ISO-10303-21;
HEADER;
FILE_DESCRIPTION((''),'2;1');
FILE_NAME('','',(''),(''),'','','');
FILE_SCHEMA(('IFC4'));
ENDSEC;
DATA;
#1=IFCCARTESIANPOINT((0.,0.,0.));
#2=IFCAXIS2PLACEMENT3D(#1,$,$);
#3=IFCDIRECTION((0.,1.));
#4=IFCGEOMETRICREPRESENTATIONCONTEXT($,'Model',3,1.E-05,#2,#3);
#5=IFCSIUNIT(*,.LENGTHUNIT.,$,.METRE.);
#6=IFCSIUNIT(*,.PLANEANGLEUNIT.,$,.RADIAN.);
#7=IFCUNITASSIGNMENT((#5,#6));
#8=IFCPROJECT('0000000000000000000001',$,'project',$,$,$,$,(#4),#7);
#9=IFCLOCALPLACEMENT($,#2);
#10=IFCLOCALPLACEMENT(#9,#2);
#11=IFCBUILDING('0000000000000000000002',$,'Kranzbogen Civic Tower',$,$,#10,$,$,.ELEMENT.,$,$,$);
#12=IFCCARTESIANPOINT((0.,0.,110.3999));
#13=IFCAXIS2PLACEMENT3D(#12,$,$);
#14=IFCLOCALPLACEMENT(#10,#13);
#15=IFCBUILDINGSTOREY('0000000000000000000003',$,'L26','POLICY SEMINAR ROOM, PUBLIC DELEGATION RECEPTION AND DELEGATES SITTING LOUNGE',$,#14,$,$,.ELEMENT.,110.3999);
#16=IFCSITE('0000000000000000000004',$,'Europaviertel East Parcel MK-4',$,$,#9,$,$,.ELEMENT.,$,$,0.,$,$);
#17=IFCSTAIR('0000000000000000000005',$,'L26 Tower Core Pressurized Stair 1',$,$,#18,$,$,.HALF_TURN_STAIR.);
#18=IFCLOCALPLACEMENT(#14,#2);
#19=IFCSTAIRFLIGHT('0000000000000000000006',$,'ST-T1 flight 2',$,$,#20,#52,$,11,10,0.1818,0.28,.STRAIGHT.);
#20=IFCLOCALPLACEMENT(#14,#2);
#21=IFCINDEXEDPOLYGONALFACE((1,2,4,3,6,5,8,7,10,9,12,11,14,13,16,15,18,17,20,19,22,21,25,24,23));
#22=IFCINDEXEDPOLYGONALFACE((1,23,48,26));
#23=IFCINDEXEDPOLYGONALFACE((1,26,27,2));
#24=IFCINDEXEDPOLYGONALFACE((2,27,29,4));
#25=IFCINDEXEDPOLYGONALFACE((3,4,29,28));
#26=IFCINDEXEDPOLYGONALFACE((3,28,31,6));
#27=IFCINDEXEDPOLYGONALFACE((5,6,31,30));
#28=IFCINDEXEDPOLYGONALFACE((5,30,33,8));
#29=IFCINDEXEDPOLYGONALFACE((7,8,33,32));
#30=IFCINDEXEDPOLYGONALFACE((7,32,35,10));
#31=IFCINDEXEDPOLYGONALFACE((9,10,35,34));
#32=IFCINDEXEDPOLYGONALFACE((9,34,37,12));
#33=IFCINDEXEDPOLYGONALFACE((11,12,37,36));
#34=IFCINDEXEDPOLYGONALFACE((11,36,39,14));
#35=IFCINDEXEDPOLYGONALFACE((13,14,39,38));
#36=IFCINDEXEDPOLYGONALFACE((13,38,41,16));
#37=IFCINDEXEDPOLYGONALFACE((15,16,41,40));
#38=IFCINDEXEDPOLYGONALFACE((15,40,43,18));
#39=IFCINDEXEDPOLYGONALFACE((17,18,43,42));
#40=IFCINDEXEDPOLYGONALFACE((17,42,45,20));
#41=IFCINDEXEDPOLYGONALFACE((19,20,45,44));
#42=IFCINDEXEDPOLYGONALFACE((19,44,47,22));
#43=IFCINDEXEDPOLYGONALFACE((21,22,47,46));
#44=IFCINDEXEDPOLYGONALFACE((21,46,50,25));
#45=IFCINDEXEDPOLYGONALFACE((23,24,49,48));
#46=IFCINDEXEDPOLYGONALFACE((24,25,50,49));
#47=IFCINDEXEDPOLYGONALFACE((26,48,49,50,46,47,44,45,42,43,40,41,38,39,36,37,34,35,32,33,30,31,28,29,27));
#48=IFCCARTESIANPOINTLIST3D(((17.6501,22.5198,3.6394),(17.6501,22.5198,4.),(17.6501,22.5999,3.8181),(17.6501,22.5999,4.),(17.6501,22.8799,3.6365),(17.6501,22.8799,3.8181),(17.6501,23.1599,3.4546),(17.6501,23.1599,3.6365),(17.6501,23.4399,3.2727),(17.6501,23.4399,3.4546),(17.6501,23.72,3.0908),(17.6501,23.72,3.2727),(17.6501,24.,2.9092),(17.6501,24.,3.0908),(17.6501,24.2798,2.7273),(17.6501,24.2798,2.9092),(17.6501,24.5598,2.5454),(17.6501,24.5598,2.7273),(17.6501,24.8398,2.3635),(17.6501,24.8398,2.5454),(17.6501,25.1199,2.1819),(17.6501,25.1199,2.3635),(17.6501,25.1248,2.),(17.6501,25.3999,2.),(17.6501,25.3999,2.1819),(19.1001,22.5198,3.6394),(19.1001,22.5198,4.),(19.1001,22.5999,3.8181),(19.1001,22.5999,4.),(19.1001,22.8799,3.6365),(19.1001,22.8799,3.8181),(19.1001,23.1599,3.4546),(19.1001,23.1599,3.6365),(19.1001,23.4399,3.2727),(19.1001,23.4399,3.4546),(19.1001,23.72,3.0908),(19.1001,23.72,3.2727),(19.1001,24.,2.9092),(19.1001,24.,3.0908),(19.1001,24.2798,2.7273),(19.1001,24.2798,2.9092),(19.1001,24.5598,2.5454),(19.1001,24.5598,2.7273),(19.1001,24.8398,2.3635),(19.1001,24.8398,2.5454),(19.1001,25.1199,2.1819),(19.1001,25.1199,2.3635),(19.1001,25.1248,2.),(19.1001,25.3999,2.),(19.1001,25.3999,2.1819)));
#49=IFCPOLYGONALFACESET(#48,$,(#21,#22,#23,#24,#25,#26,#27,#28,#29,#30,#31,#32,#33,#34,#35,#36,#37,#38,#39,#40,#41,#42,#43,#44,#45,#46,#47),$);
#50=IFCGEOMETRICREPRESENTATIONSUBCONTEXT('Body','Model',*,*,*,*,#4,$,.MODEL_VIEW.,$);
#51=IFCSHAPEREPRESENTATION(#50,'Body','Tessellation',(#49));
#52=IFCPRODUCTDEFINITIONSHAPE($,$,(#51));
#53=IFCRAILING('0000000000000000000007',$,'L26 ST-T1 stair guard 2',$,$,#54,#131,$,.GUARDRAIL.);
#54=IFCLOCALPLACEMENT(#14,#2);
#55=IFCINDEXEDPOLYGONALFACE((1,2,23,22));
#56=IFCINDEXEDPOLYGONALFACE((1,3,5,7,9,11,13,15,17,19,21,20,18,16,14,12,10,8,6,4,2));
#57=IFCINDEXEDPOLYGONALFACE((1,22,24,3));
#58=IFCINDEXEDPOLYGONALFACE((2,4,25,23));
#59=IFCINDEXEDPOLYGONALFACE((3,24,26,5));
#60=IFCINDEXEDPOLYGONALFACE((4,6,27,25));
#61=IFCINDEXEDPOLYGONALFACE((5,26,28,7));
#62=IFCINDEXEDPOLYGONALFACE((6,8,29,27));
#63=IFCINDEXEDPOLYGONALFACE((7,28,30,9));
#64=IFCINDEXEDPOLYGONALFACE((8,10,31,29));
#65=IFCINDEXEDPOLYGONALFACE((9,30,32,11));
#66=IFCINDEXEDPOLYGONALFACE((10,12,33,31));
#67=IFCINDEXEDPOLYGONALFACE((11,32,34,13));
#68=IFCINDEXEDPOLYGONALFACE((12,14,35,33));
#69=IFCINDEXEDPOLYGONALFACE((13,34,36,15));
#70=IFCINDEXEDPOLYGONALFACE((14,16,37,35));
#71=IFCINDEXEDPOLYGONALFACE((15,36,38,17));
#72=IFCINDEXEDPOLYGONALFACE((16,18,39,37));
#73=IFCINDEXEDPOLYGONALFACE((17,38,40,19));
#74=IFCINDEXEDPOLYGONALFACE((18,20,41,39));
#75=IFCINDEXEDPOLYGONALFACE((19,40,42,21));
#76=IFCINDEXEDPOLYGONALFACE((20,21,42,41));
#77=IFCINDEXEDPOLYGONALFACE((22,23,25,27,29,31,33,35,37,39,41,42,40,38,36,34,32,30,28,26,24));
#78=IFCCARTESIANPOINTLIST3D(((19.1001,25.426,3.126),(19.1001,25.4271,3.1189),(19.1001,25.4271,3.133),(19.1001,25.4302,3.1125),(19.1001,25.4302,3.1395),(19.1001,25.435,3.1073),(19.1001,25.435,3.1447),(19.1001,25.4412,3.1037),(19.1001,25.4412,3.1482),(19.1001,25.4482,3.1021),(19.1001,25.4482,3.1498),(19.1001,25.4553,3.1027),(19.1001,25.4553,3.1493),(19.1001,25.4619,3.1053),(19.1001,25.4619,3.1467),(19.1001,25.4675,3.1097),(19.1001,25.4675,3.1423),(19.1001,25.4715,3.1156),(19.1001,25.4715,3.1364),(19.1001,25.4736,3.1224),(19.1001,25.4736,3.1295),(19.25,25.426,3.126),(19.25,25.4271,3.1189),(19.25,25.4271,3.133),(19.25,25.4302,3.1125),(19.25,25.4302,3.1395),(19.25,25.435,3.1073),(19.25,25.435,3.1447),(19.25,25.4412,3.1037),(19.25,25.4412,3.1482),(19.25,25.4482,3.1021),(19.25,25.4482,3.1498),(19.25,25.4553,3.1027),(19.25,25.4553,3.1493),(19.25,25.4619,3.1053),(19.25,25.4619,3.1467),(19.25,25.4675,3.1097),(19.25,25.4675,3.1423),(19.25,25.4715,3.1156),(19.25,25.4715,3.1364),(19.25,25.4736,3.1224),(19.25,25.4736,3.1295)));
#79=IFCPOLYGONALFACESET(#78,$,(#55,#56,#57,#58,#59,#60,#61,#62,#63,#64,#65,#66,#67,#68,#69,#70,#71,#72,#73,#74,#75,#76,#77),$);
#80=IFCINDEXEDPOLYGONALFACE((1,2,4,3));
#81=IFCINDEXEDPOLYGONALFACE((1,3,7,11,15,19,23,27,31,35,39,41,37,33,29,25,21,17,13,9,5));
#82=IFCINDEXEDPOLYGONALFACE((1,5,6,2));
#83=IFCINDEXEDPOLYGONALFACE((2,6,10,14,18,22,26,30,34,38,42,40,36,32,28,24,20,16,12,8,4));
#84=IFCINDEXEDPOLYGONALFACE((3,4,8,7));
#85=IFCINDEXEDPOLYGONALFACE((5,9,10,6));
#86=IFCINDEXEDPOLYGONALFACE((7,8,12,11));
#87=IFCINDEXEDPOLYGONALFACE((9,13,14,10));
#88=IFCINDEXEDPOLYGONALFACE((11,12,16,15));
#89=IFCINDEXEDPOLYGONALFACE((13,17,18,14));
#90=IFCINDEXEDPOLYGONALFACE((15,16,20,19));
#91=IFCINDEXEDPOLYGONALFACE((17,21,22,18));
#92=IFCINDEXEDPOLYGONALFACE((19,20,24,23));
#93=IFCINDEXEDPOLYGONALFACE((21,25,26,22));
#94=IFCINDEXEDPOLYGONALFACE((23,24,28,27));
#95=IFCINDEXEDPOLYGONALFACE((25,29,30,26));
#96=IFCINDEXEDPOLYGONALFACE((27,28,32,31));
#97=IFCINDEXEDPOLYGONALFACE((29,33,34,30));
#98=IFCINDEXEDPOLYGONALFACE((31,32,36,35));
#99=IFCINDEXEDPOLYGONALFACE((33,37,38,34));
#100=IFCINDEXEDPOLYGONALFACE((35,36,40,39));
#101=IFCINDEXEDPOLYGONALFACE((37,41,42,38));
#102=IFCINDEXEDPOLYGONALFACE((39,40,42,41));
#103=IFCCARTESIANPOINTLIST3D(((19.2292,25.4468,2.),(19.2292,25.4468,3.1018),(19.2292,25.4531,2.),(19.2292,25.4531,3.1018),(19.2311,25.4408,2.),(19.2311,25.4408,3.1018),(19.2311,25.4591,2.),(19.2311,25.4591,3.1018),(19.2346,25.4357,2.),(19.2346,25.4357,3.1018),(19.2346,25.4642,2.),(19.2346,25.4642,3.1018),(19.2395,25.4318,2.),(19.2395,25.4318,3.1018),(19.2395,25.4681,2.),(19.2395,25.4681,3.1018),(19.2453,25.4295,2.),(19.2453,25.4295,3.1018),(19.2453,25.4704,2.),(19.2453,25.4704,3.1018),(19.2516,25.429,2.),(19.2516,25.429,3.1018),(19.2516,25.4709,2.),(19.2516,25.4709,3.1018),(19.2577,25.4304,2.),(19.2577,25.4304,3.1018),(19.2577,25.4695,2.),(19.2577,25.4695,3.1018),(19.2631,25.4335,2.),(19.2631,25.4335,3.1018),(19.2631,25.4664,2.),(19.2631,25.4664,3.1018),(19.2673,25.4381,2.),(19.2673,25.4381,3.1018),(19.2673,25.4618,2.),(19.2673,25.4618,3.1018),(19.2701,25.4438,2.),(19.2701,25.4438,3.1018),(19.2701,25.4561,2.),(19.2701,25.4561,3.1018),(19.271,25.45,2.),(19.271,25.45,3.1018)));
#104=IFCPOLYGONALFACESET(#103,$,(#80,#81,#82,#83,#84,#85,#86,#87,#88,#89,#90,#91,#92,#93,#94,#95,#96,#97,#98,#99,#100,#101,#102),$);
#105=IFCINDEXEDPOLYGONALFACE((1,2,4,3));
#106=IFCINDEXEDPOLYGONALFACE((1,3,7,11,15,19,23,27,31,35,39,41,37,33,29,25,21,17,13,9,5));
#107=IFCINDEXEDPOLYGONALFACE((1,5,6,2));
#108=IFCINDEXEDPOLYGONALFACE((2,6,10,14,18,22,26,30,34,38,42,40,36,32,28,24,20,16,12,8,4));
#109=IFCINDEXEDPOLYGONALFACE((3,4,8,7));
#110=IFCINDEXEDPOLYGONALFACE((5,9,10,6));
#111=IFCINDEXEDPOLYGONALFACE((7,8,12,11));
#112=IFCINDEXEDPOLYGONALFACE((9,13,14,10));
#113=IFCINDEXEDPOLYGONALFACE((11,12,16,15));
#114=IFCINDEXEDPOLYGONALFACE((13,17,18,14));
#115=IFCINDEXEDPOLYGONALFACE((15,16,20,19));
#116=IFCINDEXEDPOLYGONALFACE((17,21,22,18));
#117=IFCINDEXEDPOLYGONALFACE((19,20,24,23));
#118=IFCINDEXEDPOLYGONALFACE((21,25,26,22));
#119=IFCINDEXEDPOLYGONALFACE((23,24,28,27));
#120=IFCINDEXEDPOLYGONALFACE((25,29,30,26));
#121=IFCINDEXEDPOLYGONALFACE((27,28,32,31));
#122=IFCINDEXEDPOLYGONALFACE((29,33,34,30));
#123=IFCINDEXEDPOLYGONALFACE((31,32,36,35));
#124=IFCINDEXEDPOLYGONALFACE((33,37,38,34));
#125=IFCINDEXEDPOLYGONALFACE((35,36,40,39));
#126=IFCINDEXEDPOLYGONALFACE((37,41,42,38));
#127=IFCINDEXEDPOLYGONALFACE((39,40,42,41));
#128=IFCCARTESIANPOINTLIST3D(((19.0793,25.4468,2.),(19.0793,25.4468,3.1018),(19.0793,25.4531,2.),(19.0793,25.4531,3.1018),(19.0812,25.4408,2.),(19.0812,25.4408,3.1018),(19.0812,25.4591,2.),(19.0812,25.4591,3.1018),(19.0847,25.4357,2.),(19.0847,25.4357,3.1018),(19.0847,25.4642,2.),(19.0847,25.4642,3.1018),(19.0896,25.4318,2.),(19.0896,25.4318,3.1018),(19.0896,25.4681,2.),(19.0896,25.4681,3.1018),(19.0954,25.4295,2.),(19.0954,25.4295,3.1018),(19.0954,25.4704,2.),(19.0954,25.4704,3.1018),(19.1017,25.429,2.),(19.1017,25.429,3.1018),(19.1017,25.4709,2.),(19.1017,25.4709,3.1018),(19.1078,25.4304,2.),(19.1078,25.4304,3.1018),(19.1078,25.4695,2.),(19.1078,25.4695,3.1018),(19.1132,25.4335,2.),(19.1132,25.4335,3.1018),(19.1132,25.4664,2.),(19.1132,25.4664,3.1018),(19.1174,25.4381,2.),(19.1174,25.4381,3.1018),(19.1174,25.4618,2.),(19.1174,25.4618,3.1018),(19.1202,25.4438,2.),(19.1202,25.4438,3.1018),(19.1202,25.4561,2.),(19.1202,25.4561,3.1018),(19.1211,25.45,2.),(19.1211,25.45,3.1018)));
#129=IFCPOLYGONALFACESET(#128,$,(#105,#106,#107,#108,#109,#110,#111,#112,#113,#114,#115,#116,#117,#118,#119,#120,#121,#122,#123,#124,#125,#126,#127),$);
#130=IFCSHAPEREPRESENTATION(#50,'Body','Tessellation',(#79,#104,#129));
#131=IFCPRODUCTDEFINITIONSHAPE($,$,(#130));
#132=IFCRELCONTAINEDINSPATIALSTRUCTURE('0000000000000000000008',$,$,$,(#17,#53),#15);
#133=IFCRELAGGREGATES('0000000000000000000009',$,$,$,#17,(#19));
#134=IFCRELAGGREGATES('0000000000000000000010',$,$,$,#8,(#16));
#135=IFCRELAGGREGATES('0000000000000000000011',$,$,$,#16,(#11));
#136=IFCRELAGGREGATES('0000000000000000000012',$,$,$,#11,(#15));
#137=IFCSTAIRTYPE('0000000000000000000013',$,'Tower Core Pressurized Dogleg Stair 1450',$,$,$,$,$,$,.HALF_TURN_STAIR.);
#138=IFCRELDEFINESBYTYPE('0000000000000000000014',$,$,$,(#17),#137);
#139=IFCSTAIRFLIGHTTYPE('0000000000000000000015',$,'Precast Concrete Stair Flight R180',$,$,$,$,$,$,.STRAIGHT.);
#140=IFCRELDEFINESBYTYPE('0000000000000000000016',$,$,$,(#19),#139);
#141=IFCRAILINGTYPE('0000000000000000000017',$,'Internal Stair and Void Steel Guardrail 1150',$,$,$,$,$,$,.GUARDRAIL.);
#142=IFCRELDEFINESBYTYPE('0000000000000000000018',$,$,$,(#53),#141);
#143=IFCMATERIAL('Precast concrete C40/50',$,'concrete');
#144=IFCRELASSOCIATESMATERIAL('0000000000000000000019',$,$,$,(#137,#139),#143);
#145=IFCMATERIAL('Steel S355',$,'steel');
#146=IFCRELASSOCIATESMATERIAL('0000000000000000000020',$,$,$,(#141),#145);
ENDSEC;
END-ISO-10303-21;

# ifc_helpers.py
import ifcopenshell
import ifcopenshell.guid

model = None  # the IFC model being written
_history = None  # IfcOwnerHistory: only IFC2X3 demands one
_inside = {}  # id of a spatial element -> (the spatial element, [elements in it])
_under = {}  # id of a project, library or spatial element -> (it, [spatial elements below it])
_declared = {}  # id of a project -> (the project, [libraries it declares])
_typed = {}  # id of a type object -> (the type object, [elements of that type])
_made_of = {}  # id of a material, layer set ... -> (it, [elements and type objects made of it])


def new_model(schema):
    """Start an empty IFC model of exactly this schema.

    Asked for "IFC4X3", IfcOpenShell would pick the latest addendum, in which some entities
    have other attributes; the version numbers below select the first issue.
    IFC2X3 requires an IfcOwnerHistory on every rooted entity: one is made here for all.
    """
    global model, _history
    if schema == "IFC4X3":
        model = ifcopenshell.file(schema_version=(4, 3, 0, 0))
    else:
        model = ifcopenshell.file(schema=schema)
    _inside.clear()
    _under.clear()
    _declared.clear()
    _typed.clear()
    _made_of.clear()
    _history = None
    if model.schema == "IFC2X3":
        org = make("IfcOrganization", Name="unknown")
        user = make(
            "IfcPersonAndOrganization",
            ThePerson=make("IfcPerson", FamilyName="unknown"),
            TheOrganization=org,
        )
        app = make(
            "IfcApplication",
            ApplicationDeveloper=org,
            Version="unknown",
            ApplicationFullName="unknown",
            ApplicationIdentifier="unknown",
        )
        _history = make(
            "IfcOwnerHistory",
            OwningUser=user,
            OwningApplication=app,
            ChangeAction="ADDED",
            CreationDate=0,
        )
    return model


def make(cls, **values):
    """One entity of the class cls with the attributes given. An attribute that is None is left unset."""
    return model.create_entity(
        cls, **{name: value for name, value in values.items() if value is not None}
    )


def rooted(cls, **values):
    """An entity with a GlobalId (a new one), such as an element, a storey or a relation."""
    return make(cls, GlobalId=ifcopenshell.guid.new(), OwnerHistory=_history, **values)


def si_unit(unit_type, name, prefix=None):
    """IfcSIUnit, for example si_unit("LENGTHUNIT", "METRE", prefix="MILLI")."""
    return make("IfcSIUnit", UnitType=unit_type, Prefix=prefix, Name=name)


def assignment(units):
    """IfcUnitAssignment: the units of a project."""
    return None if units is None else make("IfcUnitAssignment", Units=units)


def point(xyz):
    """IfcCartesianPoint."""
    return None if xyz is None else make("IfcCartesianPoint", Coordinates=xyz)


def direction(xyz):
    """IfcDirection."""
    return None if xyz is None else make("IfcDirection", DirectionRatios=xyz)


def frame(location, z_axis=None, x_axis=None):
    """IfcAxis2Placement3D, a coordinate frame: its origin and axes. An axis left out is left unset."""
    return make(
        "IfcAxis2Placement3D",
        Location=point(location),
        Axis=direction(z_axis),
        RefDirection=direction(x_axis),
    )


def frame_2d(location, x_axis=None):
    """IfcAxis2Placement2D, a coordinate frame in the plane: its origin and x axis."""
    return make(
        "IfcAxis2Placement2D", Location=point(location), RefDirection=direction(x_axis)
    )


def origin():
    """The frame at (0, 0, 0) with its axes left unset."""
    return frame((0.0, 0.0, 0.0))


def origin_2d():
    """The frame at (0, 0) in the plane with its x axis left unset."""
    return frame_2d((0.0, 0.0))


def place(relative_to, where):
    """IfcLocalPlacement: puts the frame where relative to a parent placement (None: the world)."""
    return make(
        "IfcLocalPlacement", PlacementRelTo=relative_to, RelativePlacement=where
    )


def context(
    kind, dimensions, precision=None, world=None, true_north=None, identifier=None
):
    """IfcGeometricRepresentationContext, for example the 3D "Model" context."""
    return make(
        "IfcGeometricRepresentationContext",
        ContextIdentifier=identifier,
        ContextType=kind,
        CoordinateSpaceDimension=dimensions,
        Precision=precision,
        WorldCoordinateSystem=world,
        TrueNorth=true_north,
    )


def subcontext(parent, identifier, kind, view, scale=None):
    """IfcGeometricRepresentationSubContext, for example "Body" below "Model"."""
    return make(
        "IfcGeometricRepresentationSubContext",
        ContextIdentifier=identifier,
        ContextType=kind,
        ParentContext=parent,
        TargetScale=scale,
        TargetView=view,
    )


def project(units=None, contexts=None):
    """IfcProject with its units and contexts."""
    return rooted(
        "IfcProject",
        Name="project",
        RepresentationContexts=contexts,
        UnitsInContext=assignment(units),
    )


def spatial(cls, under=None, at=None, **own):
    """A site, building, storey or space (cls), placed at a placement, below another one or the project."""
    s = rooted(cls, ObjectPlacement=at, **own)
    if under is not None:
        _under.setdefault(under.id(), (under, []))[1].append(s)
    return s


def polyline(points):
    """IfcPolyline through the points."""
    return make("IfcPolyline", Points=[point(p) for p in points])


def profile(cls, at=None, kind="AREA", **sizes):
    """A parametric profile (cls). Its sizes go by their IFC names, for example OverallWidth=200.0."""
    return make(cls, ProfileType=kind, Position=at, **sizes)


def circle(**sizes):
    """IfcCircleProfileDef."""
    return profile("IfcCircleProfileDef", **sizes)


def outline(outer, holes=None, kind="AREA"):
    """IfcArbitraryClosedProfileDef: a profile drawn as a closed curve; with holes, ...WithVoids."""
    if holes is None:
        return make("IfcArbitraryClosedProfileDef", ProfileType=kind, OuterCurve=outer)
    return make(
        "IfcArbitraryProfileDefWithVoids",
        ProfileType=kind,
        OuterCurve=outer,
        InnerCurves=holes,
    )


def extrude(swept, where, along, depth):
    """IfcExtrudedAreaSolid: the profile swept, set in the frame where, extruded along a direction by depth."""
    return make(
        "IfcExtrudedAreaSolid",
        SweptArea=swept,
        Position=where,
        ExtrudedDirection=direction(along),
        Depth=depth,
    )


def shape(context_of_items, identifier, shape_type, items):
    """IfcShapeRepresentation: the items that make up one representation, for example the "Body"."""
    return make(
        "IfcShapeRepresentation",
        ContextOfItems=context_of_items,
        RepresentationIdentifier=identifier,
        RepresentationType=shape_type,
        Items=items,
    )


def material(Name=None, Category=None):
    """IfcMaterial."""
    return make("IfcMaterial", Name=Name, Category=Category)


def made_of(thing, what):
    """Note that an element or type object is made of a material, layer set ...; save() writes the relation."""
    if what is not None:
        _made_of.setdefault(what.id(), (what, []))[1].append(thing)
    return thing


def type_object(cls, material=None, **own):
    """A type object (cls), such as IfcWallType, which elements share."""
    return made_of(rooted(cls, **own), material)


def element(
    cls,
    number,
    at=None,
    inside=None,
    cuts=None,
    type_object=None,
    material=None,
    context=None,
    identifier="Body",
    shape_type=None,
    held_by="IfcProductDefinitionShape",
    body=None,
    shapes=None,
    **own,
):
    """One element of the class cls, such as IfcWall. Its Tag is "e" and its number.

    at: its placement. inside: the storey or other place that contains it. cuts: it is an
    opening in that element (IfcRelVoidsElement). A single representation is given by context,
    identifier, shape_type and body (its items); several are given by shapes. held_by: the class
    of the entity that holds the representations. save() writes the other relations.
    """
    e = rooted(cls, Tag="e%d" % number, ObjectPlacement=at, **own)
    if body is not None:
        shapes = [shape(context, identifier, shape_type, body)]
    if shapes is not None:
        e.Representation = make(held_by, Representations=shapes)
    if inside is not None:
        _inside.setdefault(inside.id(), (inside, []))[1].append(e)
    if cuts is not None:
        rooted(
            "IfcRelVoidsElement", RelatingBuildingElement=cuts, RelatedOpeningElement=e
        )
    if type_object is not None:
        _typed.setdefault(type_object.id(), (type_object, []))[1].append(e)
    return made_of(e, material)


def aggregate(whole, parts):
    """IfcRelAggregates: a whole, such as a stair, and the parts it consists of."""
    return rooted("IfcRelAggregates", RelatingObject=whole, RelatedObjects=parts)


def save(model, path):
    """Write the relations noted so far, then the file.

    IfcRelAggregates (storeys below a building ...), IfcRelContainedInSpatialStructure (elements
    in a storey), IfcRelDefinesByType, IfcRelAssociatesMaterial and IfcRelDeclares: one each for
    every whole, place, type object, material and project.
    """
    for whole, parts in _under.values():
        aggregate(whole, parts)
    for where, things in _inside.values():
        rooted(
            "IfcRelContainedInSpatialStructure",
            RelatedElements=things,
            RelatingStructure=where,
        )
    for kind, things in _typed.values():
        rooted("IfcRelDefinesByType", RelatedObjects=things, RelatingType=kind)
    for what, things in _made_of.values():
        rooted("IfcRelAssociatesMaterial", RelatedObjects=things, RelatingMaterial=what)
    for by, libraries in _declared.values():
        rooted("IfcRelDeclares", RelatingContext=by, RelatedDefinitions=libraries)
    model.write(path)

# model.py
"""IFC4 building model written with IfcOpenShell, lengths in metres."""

from ifc_helpers import new_model, si_unit, direction, frame, origin, origin_2d, place, context, subcontext, project, spatial, polyline, circle, outline, extrude, material, type_object, element, aggregate, save


model = new_model("IFC4")

# Units and contexts
model_context = context("Model", 3, precision=1e-05, world=origin(), true_north=direction((0.0, 1.0)))
body_context = subcontext(model_context, "Body", "Model", "MODEL_VIEW")
ifc_project = project(units=[si_unit("LENGTHUNIT", "METRE"), si_unit("PLANEANGLEUNIT", "RADIAN")], contexts=[model_context])

# Site, building, storey
site_placement = place(None, origin())
site = spatial("IfcSite", under=ifc_project, at=site_placement, Name="Europaviertel East Parcel MK-4", CompositionType="ELEMENT", RefElevation=0.0)
building_placement = place(site_placement, origin())
building = spatial("IfcBuilding", under=site, at=building_placement, Name="Kranzbogen Civic Tower", CompositionType="ELEMENT")
storey_placement = place(building_placement, frame((0.0, 0.0, 110.3999)))
storey = spatial("IfcBuildingStorey", under=building, at=storey_placement, Name="L26", Description="POLICY SEMINAR ROOM, PUBLIC DELEGATION RECEPTION AND DELEGATES SITTING LOUNGE", CompositionType="ELEMENT", Elevation=110.3999)

# Shared definitions
ifc_material_1 = material(Name="Steel S355", Category="steel")

# Stair, stair flight
ifc_material_2 = material(Name="Precast concrete C40/50", Category="concrete")
stair_type = type_object("IfcStairType", Name="Tower Core Pressurized Dogleg Stair 1450", PredefinedType="HALF_TURN_STAIR", material=ifc_material_2)
stair_placement = place(storey_placement, origin())
stair = element("IfcStair", 1, at=stair_placement, inside=storey, type_object=stair_type, Name="L26 Tower Core Pressurized Stair 1", PredefinedType="HALF_TURN_STAIR")
stair_flight_type = type_object("IfcStairFlightType", Name="Precast Concrete Stair Flight R180", PredefinedType="STRAIGHT", material=ifc_material_2)
stair_flight_placement = place(storey_placement, frame((18.375, 25.3999, 2.0), z_axis=(0.0, 0.0, 1.0), x_axis=(0.0, -1.0, 0.0)))
stair_flight = element("IfcStairFlight", 2, at=stair_flight_placement, type_object=stair_flight_type, Name="ST-T1 flight 2", NumberOfRisers=11, NumberOfTreads=10, PredefinedType="STRAIGHT", RiserHeight=0.1818, TreadLength=0.28, context=body_context, shape_type="SweptSolid", body=[
    extrude(outline(polyline([(0.0, 0.0), (0.0, 0.1819), (0.28, 0.1819), (0.28, 0.3635), (0.5601, 0.3635), (0.5601, 0.5454), (0.8401, 0.5454), (0.8401, 0.7273), (1.1201, 0.7273), (1.1201, 0.9092), (1.3999, 0.9092), (1.3999, 1.0908), (1.6799, 1.0908), (1.6799, 1.2727), (1.96, 1.2727), (1.96, 1.4546), (2.24, 1.4546), (2.24, 1.6365), (2.52, 1.6365), (2.52, 1.8181), (2.8, 1.8181), (2.8, 2.0), (2.8801, 2.0), (2.8801, 1.6394), (0.2751, 0.0), (0.0, 0.0)])), frame((0.0, 0.7251, 0.0), z_axis=(0.0, -1.0, 0.0), x_axis=(1.0, 0.0, 0.0)), (0.0, 0.0, 1.0), 1.45),
])
aggregate(stair, [stair_flight])

# Railing
railing_type_1 = type_object("IfcRailingType", Name="Internal Stair and Void Steel Guardrail 1150", PredefinedType="GUARDRAIL", material=ifc_material_1)
railing_1_placement = place(storey_placement, frame((19.25, 25.45, 2.0)))
element("IfcRailing", 3, at=railing_1_placement, inside=storey, type_object=railing_type_1, Name="L26 ST-T1 stair guard 2", PredefinedType="GUARDRAIL", context=body_context, shape_type="SweptSolid", body=[
    extrude(circle(Radius=0.0239, at=origin_2d()), frame((0.0, 0.0, 1.126), z_axis=(-1.0, 0.0, 0.0), x_axis=(0.0, -1.0, 0.0)), (0.0, 0.0, 1.0), 0.1499),
    extrude(circle(Radius=0.021, at=origin_2d()), origin(), (0.0, 0.0, 1.0), 1.1018),
    extrude(circle(Radius=0.021, at=origin_2d()), frame((-0.1499, 0.0, 0.0)), (0.0, 0.0, 1.0), 1.1018),
])

save(model, "model.ifc")
